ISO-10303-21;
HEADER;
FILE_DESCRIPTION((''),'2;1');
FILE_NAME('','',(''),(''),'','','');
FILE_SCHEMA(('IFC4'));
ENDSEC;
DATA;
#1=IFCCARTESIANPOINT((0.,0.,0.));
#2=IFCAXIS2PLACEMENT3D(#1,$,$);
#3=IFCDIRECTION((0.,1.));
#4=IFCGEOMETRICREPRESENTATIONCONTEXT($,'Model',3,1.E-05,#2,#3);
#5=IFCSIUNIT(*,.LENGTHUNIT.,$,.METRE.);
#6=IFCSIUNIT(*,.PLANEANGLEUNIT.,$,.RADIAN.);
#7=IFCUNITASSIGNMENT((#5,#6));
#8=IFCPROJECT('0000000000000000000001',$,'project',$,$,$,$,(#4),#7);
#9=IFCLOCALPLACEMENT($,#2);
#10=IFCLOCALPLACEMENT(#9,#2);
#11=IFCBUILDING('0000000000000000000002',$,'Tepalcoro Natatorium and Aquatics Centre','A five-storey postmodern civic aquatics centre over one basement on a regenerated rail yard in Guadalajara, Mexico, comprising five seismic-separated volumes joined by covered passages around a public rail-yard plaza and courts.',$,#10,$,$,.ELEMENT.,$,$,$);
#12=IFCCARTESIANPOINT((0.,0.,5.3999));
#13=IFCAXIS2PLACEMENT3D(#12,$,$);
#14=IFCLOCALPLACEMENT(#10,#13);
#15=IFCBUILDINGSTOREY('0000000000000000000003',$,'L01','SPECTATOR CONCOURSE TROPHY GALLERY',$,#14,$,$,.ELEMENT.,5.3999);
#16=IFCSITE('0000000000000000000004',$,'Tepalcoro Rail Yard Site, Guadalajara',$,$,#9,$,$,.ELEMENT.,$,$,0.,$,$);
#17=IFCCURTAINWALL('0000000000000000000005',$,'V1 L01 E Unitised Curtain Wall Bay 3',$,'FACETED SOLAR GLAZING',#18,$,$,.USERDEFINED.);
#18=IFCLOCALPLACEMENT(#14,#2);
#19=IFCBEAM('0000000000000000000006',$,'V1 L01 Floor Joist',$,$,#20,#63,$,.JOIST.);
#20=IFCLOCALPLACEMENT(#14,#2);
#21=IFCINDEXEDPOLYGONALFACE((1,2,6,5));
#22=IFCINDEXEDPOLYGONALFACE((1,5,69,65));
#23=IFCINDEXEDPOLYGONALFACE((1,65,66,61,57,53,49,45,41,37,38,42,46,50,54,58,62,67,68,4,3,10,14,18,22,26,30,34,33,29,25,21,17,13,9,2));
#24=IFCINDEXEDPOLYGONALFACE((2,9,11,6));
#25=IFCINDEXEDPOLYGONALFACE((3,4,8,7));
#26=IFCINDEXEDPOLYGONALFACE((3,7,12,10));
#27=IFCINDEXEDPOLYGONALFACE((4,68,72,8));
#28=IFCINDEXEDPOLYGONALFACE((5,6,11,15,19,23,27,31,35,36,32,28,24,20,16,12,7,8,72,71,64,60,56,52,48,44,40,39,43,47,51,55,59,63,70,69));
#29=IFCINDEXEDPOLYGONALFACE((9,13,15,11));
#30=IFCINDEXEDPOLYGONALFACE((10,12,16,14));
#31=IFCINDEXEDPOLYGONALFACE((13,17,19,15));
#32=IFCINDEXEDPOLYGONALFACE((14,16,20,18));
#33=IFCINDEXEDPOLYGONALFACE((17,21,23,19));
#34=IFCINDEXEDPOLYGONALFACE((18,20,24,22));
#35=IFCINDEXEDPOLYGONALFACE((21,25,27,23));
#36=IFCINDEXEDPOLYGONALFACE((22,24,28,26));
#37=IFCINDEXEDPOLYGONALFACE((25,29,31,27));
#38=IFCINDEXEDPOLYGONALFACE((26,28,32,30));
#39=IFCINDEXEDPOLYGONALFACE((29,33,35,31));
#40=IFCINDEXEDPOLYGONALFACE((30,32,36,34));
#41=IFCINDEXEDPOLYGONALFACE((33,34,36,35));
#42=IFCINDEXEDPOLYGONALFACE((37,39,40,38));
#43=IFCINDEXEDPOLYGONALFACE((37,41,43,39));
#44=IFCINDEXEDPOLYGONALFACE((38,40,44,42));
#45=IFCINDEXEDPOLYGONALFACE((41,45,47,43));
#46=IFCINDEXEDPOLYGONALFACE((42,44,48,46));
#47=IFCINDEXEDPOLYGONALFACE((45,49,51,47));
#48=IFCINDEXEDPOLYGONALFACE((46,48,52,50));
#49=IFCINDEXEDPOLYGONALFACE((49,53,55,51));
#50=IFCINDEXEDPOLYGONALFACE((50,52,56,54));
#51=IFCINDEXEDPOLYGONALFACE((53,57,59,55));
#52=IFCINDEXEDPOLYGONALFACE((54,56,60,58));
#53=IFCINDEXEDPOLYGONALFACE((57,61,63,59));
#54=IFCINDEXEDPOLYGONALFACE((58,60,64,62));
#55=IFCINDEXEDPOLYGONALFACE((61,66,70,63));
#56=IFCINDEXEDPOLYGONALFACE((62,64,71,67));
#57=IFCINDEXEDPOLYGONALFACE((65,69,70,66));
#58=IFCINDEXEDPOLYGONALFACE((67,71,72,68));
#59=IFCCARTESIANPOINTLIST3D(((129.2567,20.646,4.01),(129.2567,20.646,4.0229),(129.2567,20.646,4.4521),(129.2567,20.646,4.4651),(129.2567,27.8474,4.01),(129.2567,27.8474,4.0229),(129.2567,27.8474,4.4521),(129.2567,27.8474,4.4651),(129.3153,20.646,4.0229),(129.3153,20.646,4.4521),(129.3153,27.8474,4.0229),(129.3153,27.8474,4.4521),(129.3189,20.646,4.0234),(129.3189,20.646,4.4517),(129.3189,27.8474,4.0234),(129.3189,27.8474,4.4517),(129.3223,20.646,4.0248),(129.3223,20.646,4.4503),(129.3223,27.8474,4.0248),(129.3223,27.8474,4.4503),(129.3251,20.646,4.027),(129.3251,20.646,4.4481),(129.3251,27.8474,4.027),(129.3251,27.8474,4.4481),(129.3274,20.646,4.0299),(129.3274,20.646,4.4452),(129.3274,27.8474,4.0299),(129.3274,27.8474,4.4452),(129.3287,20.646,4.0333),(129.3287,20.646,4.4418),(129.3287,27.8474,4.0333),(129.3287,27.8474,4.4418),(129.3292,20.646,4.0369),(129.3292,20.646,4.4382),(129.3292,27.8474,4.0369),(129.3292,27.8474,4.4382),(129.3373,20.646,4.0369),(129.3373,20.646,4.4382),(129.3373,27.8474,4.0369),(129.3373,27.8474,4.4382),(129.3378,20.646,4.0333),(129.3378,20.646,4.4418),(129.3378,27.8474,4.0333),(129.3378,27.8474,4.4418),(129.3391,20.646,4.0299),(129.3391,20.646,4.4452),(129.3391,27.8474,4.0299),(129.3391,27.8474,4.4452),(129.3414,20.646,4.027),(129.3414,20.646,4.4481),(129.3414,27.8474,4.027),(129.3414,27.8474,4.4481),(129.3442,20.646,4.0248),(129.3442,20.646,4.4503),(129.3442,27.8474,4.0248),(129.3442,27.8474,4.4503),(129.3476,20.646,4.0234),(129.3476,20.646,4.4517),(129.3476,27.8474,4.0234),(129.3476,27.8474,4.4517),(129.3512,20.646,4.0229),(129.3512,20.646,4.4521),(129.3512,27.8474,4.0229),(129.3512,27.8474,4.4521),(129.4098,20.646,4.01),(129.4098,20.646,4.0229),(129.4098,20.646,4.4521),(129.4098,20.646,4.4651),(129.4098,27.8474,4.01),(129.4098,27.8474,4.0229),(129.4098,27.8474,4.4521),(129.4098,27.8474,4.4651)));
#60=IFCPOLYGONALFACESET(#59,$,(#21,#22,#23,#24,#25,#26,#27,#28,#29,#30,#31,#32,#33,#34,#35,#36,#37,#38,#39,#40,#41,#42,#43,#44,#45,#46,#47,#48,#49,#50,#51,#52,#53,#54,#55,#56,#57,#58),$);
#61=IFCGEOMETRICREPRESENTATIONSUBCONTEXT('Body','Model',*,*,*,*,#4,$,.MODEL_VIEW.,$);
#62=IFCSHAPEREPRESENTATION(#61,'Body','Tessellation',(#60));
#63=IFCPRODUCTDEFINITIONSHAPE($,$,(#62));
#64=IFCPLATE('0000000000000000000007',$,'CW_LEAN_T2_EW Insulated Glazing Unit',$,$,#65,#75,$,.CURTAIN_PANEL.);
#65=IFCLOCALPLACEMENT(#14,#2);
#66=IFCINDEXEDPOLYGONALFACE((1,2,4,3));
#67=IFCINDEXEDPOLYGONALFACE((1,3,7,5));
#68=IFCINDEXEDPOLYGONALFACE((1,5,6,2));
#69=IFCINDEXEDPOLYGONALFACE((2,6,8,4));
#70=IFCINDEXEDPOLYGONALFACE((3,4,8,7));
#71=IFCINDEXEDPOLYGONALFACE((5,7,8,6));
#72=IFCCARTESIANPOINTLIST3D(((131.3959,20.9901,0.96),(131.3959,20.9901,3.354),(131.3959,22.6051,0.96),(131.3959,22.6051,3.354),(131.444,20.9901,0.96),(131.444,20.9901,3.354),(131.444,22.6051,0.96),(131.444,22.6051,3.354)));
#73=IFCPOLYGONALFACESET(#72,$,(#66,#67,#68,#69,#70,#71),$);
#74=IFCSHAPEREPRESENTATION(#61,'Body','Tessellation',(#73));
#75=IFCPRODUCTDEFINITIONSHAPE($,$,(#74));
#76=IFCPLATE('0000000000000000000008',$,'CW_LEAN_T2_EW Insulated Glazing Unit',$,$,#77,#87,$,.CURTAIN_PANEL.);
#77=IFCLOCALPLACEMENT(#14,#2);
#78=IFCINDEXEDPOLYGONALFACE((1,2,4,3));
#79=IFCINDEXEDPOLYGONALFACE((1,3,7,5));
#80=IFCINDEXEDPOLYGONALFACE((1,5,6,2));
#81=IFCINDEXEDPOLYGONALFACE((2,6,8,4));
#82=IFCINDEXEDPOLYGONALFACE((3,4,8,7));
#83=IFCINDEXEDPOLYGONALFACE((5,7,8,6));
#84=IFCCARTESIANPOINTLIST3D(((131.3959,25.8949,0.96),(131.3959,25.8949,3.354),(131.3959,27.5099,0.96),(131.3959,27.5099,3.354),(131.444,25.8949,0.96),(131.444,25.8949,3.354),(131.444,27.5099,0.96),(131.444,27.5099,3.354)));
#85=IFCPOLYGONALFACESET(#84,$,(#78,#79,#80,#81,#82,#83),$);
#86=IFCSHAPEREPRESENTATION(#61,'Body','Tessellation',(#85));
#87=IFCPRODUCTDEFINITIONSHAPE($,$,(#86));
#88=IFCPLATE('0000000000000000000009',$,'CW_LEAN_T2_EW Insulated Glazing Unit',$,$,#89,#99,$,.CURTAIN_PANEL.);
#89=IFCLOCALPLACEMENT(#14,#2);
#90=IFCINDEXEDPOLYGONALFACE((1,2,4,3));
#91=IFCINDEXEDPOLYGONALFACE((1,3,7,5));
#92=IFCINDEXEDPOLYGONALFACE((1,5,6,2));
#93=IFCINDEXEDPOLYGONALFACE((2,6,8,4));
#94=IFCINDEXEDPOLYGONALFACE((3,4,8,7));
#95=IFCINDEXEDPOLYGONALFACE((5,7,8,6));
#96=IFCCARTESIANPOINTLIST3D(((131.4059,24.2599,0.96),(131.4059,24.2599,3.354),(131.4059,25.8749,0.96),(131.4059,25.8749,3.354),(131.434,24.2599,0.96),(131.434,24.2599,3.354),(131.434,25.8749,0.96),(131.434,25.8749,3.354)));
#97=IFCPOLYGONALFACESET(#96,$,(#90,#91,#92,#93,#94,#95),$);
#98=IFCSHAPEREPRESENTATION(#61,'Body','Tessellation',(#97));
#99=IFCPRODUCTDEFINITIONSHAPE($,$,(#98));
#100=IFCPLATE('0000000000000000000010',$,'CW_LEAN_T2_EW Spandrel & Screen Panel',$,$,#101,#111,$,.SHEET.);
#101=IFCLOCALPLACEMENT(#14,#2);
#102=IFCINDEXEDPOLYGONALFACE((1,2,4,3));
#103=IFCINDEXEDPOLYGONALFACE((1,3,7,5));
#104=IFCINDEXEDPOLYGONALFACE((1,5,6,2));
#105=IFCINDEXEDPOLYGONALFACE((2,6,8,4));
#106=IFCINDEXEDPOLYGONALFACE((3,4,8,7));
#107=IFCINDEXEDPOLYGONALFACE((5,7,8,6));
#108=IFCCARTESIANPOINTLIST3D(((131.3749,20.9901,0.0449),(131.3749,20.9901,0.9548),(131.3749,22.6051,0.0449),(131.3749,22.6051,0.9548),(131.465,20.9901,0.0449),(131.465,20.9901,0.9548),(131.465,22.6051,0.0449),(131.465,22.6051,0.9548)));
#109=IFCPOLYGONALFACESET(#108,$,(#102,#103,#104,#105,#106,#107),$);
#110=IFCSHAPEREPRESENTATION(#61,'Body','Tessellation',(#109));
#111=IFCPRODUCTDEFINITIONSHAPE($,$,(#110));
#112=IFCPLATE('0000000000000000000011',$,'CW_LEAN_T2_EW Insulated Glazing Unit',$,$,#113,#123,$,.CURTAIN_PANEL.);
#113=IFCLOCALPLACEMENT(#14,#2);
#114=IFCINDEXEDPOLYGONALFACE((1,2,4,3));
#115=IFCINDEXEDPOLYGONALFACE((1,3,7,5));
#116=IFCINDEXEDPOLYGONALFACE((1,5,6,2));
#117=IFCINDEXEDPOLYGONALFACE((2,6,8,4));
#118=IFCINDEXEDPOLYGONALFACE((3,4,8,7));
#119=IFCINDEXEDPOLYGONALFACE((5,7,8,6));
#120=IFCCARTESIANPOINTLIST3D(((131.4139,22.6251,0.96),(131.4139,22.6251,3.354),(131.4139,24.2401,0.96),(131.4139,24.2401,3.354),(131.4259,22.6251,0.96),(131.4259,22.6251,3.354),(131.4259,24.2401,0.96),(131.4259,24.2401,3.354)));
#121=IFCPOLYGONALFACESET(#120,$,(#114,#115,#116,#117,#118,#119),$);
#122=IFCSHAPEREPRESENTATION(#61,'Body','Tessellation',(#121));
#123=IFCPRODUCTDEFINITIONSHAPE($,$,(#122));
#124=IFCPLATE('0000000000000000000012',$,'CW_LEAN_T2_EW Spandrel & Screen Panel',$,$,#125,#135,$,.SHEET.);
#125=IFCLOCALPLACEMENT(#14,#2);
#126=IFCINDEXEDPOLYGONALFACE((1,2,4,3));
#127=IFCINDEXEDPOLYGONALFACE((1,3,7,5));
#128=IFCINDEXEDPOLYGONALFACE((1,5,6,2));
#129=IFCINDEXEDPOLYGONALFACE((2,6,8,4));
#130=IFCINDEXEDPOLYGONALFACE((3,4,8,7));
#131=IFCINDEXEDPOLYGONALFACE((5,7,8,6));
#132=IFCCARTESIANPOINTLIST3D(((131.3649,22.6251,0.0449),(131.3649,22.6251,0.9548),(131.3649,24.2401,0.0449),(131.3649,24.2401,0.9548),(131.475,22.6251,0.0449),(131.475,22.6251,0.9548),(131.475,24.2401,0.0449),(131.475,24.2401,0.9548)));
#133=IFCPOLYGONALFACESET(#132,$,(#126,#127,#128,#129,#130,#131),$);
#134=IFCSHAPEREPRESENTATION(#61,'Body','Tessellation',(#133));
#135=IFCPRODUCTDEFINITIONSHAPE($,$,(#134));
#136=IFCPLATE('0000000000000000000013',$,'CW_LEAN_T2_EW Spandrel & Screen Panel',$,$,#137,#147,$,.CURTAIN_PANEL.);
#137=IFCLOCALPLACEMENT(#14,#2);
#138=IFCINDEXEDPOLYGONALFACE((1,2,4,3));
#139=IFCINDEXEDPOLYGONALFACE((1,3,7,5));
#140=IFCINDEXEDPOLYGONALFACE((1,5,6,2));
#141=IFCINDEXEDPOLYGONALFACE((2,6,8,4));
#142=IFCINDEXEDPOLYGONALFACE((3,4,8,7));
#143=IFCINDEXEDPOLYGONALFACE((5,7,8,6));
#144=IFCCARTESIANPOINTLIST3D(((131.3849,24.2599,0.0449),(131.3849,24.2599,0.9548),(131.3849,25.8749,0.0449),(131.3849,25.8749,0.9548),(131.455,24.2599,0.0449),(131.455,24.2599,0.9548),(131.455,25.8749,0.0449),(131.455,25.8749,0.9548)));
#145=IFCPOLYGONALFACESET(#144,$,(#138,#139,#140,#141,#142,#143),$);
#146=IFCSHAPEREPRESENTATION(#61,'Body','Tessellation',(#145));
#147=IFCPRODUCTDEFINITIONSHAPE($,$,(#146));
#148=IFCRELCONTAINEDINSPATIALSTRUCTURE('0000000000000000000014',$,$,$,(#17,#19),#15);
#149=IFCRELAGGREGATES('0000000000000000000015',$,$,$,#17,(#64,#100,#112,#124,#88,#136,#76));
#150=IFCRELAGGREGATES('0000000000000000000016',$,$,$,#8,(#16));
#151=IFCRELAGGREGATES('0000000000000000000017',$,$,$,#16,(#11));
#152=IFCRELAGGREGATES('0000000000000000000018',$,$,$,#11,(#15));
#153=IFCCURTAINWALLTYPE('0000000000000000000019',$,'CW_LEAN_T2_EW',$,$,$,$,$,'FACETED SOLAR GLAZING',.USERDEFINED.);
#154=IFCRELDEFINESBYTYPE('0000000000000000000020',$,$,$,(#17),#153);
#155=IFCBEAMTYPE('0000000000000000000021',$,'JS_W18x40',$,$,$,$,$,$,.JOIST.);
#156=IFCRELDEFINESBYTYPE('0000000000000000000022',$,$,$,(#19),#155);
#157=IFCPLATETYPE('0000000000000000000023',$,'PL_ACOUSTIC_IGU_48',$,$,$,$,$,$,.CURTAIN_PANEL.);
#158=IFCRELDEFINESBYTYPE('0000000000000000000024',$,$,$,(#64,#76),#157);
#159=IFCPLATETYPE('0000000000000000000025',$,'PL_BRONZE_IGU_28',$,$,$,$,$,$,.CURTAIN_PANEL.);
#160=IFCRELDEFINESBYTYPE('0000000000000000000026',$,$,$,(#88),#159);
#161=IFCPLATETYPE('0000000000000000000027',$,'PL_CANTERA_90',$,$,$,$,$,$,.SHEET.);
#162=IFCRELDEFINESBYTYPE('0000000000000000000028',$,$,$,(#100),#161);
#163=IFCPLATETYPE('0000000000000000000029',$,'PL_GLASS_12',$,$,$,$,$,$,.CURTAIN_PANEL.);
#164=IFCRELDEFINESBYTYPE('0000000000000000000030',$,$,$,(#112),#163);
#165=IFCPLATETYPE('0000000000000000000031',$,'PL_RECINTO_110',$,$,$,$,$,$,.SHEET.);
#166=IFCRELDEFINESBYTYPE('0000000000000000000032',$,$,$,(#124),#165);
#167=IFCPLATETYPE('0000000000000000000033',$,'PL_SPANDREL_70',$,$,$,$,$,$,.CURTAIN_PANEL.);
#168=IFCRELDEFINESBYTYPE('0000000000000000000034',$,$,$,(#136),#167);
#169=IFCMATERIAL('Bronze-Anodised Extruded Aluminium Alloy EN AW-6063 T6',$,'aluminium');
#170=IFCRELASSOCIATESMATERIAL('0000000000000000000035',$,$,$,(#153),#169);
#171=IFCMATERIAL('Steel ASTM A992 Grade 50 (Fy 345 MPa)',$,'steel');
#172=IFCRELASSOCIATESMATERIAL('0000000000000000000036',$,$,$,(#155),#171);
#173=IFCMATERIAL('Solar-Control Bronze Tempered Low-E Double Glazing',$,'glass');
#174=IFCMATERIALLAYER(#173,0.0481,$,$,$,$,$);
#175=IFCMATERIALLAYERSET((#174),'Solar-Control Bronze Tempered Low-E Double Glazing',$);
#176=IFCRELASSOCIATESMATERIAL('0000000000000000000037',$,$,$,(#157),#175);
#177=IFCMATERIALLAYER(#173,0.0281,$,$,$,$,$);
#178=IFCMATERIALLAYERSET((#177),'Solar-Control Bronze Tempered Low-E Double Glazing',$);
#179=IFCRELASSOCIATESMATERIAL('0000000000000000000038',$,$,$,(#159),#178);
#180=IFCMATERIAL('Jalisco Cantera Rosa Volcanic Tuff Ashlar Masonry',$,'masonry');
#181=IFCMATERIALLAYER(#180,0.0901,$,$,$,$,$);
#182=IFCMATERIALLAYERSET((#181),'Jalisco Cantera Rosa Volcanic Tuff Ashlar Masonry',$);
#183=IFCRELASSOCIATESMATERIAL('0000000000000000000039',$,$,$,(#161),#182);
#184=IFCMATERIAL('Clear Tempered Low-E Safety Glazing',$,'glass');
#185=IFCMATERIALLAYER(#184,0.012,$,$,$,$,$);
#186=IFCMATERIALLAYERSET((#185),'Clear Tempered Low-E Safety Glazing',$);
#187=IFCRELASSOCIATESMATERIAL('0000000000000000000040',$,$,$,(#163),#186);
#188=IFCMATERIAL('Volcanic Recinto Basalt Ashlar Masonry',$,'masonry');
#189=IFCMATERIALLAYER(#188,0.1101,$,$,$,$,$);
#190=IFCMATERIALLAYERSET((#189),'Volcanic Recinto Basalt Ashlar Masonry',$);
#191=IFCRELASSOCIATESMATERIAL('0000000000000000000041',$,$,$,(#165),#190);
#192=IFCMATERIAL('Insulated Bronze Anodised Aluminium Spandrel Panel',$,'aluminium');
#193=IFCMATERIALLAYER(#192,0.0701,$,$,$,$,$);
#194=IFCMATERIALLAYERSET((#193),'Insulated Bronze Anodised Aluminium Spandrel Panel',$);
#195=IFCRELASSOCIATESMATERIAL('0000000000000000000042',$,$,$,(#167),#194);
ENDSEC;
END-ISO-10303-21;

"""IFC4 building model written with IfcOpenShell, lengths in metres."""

from ifc_helpers import new_model, si_unit, direction, frame, origin, origin_2d, place, context, subcontext, project, spatial, rectangle, i_section, extrude, material, layer, layer_set, material_profile, profile_set, type_object, element, aggregate, save


model = new_model("IFC4")

# Units and contexts
model_context = context("Model", 3, precision=1e-05, world=origin(), true_north=direction((0.0, 1.0)))
body_context = subcontext(model_context, "Body", "Model", "MODEL_VIEW")
ifc_project = project(units=[si_unit("LENGTHUNIT", "METRE"), si_unit("PLANEANGLEUNIT", "RADIAN")], contexts=[model_context])

# Site, building, storey
site_placement = place(None, origin())
site = spatial("IfcSite", under=ifc_project, at=site_placement, Name="Tepalcoro Rail Yard Site, Guadalajara", CompositionType="ELEMENT", RefElevation=0.0)
building_placement = place(site_placement, origin())
building = spatial("IfcBuilding", under=site, at=building_placement, Name="Tepalcoro Natatorium and Aquatics Centre", Description="A five-storey postmodern civic aquatics centre over one basement on a regenerated rail yard in Guadalajara, Mexico, comprising five seismic-separated volumes joined by covered passages around a public rail-yard plaza and courts.", CompositionType="ELEMENT")
storey_placement = place(building_placement, frame((0.0, 0.0, 5.3999)))
storey = spatial("IfcBuildingStorey", under=building, at=storey_placement, Name="L01", Description="SPECTATOR CONCOURSE TROPHY GALLERY", CompositionType="ELEMENT", Elevation=5.3999)

# Shared definitions
ifc_material_1 = material(Name="Steel ASTM A992 Grade 50 (Fy 345 MPa)", Category="steel")

# Curtain wall
ifc_material_2 = material(Name="Bronze-Anodised Extruded Aluminium Alloy EN AW-6063 T6", Category="aluminium")
curtain_wall_type_1 = type_object("IfcCurtainWallType", Name="CW_LEAN_T2_EW", ElementType="FACETED SOLAR GLAZING", PredefinedType="USERDEFINED", material=ifc_material_2)
curtain_wall_1_placement = place(storey_placement, origin())
curtain_wall_1 = element("IfcCurtainWall", 1, at=curtain_wall_1_placement, inside=storey, type_object=curtain_wall_type_1, Name="V1 L01 E Unitised Curtain Wall Bay 3", ObjectType="FACETED SOLAR GLAZING", PredefinedType="USERDEFINED")

# Beam
ifc_material_profile_1 = material_profile(ifc_material_1, i_section(OverallWidth=0.1531, OverallDepth=0.4551, WebThickness=0.0081, FlangeThickness=0.0129, FilletRadius=0.0139, at=origin_2d()), Name="W18X40")
ifc_profile_set_1 = profile_set([ifc_material_profile_1], Name="Steel ASTM A992 Grade 50 (Fy 345 MPa)")
beam_type_1 = type_object("IfcBeamType", Name="JS_W18x40", PredefinedType="JOIST", material=ifc_profile_set_1)
beam_1_placement = place(storey_placement, frame((129.3333, 20.646, 4.2375), z_axis=(0.0, 1.0, 0.0), x_axis=(-1.0, 0.0, 0.0)))
element("IfcBeam", 2, at=beam_1_placement, inside=storey, type_object=beam_type_1, Name="V1 L01 Floor Joist", PredefinedType="JOIST", context=body_context, shape_type="SweptSolid", body=[
    extrude(i_section(OverallWidth=0.1531, OverallDepth=0.4551, WebThickness=0.0081, FlangeThickness=0.0129, FilletRadius=0.0139, at=origin_2d()), origin(), (0.0, 0.0, 1.0), 7.2014),
])

# Plates
ifc_material_3 = material(Name="Solar-Control Bronze Tempered Low-E Double Glazing", Category="glass")
ifc_layer_1 = layer(ifc_material_3, 0.0481)
ifc_layer_set_1 = layer_set([ifc_layer_1], Name="Solar-Control Bronze Tempered Low-E Double Glazing")
plate_type_1 = type_object("IfcPlateType", Name="PL_ACOUSTIC_IGU_48", PredefinedType="CURTAIN_PANEL", material=ifc_layer_set_1)
plate_1_placement = place(storey_placement, frame((131.4199, 21.7976, 0.96), z_axis=(0.0, 0.0, 1.0), x_axis=(1.0, 0.0, 0.0)))
plate_1 = element("IfcPlate", 3, at=plate_1_placement, type_object=plate_type_1, Name="CW_LEAN_T2_EW Insulated Glazing Unit", PredefinedType="CURTAIN_PANEL", context=body_context, shape_type="SweptSolid", body=[
    extrude(rectangle(XDim=0.0481, YDim=1.615, at=origin_2d()), origin(), (0.0, 0.0, 1.0), 2.394),
])
plate_2_placement = place(storey_placement, frame((131.4199, 26.7024, 0.96), z_axis=(0.0, 0.0, 1.0), x_axis=(1.0, 0.0, 0.0)))
plate_2 = element("IfcPlate", 4, at=plate_2_placement, type_object=plate_type_1, Name="CW_LEAN_T2_EW Insulated Glazing Unit", PredefinedType="CURTAIN_PANEL", context=body_context, shape_type="SweptSolid", body=[
    extrude(rectangle(XDim=0.0481, YDim=1.615, at=origin_2d()), origin(), (0.0, 0.0, 1.0), 2.394),
])
ifc_layer_2 = layer(ifc_material_3, 0.0281)
ifc_layer_set_2 = layer_set([ifc_layer_2], Name="Solar-Control Bronze Tempered Low-E Double Glazing")
plate_type_2 = type_object("IfcPlateType", Name="PL_BRONZE_IGU_28", PredefinedType="CURTAIN_PANEL", material=ifc_layer_set_2)
plate_3_placement = place(storey_placement, frame((131.4199, 25.0674, 0.96), z_axis=(0.0, 0.0, 1.0), x_axis=(1.0, 0.0, 0.0)))
plate_3 = element("IfcPlate", 5, at=plate_3_placement, type_object=plate_type_2, Name="CW_LEAN_T2_EW Insulated Glazing Unit", PredefinedType="CURTAIN_PANEL", context=body_context, shape_type="SweptSolid", body=[
    extrude(rectangle(XDim=0.0281, YDim=1.615, at=origin_2d()), origin(), (0.0, 0.0, 1.0), 2.394),
])
ifc_material_4 = material(Name="Jalisco Cantera Rosa Volcanic Tuff Ashlar Masonry", Category="masonry")
ifc_layer_3 = layer(ifc_material_4, 0.0901)
ifc_layer_set_3 = layer_set([ifc_layer_3], Name="Jalisco Cantera Rosa Volcanic Tuff Ashlar Masonry")
plate_type_3 = type_object("IfcPlateType", Name="PL_CANTERA_90", PredefinedType="SHEET", material=ifc_layer_set_3)
plate_4_placement = place(storey_placement, frame((131.4199, 21.7976, 0.0449), z_axis=(0.0, 0.0, 1.0), x_axis=(1.0, 0.0, 0.0)))
plate_4 = element("IfcPlate", 6, at=plate_4_placement, type_object=plate_type_3, Name="CW_LEAN_T2_EW Spandrel & Screen Panel", PredefinedType="SHEET", context=body_context, shape_type="SweptSolid", body=[
    extrude(rectangle(XDim=0.0901, YDim=1.615, at=origin_2d()), origin(), (0.0, 0.0, 1.0), 0.9099),
])
ifc_material_5 = material(Name="Clear Tempered Low-E Safety Glazing", Category="glass")
ifc_layer_4 = layer(ifc_material_5, 0.012)
ifc_layer_set_4 = layer_set([ifc_layer_4], Name="Clear Tempered Low-E Safety Glazing")
plate_type_4 = type_object("IfcPlateType", Name="PL_GLASS_12", PredefinedType="CURTAIN_PANEL", material=ifc_layer_set_4)
plate_5_placement = place(storey_placement, frame((131.4199, 23.4326, 0.96), z_axis=(0.0, 0.0, 1.0), x_axis=(1.0, 0.0, 0.0)))
plate_5 = element("IfcPlate", 7, at=plate_5_placement, type_object=plate_type_4, Name="CW_LEAN_T2_EW Insulated Glazing Unit", PredefinedType="CURTAIN_PANEL", context=body_context, shape_type="SweptSolid", body=[
    extrude(rectangle(XDim=0.012, YDim=1.615, at=origin_2d()), origin(), (0.0, 0.0, 1.0), 2.394),
])
ifc_material_6 = material(Name="Volcanic Recinto Basalt Ashlar Masonry", Category="masonry")
ifc_layer_5 = layer(ifc_material_6, 0.1101)
ifc_layer_set_5 = layer_set([ifc_layer_5], Name="Volcanic Recinto Basalt Ashlar Masonry")
plate_type_5 = type_object("IfcPlateType", Name="PL_RECINTO_110", PredefinedType="SHEET", material=ifc_layer_set_5)
plate_6_placement = place(storey_placement, frame((131.4199, 23.4326, 0.0449), z_axis=(0.0, 0.0, 1.0), x_axis=(1.0, 0.0, 0.0)))
plate_6 = element("IfcPlate", 8, at=plate_6_placement, type_object=plate_type_5, Name="CW_LEAN_T2_EW Spandrel & Screen Panel", PredefinedType="SHEET", context=body_context, shape_type="SweptSolid", body=[
    extrude(rectangle(XDim=0.1101, YDim=1.615, at=origin_2d()), origin(), (0.0, 0.0, 1.0), 0.9099),
])
ifc_material_7 = material(Name="Insulated Bronze Anodised Aluminium Spandrel Panel", Category="aluminium")
ifc_layer_6 = layer(ifc_material_7, 0.0701)
ifc_layer_set_6 = layer_set([ifc_layer_6], Name="Insulated Bronze Anodised Aluminium Spandrel Panel")
plate_type_6 = type_object("IfcPlateType", Name="PL_SPANDREL_70", PredefinedType="CURTAIN_PANEL", material=ifc_layer_set_6)
plate_7_placement = place(storey_placement, frame((131.4199, 25.0674, 0.0449), z_axis=(0.0, 0.0, 1.0), x_axis=(1.0, 0.0, 0.0)))
plate_7 = element("IfcPlate", 9, at=plate_7_placement, type_object=plate_type_6, Name="CW_LEAN_T2_EW Spandrel & Screen Panel", PredefinedType="CURTAIN_PANEL", context=body_context, shape_type="SweptSolid", body=[
    extrude(rectangle(XDim=0.0701, YDim=1.615, at=origin_2d()), origin(), (0.0, 0.0, 1.0), 0.9099),
])
aggregate(curtain_wall_1, [plate_1, plate_4, plate_5, plate_6, plate_3, plate_7, plate_2])

save(model, "model.ifc")
